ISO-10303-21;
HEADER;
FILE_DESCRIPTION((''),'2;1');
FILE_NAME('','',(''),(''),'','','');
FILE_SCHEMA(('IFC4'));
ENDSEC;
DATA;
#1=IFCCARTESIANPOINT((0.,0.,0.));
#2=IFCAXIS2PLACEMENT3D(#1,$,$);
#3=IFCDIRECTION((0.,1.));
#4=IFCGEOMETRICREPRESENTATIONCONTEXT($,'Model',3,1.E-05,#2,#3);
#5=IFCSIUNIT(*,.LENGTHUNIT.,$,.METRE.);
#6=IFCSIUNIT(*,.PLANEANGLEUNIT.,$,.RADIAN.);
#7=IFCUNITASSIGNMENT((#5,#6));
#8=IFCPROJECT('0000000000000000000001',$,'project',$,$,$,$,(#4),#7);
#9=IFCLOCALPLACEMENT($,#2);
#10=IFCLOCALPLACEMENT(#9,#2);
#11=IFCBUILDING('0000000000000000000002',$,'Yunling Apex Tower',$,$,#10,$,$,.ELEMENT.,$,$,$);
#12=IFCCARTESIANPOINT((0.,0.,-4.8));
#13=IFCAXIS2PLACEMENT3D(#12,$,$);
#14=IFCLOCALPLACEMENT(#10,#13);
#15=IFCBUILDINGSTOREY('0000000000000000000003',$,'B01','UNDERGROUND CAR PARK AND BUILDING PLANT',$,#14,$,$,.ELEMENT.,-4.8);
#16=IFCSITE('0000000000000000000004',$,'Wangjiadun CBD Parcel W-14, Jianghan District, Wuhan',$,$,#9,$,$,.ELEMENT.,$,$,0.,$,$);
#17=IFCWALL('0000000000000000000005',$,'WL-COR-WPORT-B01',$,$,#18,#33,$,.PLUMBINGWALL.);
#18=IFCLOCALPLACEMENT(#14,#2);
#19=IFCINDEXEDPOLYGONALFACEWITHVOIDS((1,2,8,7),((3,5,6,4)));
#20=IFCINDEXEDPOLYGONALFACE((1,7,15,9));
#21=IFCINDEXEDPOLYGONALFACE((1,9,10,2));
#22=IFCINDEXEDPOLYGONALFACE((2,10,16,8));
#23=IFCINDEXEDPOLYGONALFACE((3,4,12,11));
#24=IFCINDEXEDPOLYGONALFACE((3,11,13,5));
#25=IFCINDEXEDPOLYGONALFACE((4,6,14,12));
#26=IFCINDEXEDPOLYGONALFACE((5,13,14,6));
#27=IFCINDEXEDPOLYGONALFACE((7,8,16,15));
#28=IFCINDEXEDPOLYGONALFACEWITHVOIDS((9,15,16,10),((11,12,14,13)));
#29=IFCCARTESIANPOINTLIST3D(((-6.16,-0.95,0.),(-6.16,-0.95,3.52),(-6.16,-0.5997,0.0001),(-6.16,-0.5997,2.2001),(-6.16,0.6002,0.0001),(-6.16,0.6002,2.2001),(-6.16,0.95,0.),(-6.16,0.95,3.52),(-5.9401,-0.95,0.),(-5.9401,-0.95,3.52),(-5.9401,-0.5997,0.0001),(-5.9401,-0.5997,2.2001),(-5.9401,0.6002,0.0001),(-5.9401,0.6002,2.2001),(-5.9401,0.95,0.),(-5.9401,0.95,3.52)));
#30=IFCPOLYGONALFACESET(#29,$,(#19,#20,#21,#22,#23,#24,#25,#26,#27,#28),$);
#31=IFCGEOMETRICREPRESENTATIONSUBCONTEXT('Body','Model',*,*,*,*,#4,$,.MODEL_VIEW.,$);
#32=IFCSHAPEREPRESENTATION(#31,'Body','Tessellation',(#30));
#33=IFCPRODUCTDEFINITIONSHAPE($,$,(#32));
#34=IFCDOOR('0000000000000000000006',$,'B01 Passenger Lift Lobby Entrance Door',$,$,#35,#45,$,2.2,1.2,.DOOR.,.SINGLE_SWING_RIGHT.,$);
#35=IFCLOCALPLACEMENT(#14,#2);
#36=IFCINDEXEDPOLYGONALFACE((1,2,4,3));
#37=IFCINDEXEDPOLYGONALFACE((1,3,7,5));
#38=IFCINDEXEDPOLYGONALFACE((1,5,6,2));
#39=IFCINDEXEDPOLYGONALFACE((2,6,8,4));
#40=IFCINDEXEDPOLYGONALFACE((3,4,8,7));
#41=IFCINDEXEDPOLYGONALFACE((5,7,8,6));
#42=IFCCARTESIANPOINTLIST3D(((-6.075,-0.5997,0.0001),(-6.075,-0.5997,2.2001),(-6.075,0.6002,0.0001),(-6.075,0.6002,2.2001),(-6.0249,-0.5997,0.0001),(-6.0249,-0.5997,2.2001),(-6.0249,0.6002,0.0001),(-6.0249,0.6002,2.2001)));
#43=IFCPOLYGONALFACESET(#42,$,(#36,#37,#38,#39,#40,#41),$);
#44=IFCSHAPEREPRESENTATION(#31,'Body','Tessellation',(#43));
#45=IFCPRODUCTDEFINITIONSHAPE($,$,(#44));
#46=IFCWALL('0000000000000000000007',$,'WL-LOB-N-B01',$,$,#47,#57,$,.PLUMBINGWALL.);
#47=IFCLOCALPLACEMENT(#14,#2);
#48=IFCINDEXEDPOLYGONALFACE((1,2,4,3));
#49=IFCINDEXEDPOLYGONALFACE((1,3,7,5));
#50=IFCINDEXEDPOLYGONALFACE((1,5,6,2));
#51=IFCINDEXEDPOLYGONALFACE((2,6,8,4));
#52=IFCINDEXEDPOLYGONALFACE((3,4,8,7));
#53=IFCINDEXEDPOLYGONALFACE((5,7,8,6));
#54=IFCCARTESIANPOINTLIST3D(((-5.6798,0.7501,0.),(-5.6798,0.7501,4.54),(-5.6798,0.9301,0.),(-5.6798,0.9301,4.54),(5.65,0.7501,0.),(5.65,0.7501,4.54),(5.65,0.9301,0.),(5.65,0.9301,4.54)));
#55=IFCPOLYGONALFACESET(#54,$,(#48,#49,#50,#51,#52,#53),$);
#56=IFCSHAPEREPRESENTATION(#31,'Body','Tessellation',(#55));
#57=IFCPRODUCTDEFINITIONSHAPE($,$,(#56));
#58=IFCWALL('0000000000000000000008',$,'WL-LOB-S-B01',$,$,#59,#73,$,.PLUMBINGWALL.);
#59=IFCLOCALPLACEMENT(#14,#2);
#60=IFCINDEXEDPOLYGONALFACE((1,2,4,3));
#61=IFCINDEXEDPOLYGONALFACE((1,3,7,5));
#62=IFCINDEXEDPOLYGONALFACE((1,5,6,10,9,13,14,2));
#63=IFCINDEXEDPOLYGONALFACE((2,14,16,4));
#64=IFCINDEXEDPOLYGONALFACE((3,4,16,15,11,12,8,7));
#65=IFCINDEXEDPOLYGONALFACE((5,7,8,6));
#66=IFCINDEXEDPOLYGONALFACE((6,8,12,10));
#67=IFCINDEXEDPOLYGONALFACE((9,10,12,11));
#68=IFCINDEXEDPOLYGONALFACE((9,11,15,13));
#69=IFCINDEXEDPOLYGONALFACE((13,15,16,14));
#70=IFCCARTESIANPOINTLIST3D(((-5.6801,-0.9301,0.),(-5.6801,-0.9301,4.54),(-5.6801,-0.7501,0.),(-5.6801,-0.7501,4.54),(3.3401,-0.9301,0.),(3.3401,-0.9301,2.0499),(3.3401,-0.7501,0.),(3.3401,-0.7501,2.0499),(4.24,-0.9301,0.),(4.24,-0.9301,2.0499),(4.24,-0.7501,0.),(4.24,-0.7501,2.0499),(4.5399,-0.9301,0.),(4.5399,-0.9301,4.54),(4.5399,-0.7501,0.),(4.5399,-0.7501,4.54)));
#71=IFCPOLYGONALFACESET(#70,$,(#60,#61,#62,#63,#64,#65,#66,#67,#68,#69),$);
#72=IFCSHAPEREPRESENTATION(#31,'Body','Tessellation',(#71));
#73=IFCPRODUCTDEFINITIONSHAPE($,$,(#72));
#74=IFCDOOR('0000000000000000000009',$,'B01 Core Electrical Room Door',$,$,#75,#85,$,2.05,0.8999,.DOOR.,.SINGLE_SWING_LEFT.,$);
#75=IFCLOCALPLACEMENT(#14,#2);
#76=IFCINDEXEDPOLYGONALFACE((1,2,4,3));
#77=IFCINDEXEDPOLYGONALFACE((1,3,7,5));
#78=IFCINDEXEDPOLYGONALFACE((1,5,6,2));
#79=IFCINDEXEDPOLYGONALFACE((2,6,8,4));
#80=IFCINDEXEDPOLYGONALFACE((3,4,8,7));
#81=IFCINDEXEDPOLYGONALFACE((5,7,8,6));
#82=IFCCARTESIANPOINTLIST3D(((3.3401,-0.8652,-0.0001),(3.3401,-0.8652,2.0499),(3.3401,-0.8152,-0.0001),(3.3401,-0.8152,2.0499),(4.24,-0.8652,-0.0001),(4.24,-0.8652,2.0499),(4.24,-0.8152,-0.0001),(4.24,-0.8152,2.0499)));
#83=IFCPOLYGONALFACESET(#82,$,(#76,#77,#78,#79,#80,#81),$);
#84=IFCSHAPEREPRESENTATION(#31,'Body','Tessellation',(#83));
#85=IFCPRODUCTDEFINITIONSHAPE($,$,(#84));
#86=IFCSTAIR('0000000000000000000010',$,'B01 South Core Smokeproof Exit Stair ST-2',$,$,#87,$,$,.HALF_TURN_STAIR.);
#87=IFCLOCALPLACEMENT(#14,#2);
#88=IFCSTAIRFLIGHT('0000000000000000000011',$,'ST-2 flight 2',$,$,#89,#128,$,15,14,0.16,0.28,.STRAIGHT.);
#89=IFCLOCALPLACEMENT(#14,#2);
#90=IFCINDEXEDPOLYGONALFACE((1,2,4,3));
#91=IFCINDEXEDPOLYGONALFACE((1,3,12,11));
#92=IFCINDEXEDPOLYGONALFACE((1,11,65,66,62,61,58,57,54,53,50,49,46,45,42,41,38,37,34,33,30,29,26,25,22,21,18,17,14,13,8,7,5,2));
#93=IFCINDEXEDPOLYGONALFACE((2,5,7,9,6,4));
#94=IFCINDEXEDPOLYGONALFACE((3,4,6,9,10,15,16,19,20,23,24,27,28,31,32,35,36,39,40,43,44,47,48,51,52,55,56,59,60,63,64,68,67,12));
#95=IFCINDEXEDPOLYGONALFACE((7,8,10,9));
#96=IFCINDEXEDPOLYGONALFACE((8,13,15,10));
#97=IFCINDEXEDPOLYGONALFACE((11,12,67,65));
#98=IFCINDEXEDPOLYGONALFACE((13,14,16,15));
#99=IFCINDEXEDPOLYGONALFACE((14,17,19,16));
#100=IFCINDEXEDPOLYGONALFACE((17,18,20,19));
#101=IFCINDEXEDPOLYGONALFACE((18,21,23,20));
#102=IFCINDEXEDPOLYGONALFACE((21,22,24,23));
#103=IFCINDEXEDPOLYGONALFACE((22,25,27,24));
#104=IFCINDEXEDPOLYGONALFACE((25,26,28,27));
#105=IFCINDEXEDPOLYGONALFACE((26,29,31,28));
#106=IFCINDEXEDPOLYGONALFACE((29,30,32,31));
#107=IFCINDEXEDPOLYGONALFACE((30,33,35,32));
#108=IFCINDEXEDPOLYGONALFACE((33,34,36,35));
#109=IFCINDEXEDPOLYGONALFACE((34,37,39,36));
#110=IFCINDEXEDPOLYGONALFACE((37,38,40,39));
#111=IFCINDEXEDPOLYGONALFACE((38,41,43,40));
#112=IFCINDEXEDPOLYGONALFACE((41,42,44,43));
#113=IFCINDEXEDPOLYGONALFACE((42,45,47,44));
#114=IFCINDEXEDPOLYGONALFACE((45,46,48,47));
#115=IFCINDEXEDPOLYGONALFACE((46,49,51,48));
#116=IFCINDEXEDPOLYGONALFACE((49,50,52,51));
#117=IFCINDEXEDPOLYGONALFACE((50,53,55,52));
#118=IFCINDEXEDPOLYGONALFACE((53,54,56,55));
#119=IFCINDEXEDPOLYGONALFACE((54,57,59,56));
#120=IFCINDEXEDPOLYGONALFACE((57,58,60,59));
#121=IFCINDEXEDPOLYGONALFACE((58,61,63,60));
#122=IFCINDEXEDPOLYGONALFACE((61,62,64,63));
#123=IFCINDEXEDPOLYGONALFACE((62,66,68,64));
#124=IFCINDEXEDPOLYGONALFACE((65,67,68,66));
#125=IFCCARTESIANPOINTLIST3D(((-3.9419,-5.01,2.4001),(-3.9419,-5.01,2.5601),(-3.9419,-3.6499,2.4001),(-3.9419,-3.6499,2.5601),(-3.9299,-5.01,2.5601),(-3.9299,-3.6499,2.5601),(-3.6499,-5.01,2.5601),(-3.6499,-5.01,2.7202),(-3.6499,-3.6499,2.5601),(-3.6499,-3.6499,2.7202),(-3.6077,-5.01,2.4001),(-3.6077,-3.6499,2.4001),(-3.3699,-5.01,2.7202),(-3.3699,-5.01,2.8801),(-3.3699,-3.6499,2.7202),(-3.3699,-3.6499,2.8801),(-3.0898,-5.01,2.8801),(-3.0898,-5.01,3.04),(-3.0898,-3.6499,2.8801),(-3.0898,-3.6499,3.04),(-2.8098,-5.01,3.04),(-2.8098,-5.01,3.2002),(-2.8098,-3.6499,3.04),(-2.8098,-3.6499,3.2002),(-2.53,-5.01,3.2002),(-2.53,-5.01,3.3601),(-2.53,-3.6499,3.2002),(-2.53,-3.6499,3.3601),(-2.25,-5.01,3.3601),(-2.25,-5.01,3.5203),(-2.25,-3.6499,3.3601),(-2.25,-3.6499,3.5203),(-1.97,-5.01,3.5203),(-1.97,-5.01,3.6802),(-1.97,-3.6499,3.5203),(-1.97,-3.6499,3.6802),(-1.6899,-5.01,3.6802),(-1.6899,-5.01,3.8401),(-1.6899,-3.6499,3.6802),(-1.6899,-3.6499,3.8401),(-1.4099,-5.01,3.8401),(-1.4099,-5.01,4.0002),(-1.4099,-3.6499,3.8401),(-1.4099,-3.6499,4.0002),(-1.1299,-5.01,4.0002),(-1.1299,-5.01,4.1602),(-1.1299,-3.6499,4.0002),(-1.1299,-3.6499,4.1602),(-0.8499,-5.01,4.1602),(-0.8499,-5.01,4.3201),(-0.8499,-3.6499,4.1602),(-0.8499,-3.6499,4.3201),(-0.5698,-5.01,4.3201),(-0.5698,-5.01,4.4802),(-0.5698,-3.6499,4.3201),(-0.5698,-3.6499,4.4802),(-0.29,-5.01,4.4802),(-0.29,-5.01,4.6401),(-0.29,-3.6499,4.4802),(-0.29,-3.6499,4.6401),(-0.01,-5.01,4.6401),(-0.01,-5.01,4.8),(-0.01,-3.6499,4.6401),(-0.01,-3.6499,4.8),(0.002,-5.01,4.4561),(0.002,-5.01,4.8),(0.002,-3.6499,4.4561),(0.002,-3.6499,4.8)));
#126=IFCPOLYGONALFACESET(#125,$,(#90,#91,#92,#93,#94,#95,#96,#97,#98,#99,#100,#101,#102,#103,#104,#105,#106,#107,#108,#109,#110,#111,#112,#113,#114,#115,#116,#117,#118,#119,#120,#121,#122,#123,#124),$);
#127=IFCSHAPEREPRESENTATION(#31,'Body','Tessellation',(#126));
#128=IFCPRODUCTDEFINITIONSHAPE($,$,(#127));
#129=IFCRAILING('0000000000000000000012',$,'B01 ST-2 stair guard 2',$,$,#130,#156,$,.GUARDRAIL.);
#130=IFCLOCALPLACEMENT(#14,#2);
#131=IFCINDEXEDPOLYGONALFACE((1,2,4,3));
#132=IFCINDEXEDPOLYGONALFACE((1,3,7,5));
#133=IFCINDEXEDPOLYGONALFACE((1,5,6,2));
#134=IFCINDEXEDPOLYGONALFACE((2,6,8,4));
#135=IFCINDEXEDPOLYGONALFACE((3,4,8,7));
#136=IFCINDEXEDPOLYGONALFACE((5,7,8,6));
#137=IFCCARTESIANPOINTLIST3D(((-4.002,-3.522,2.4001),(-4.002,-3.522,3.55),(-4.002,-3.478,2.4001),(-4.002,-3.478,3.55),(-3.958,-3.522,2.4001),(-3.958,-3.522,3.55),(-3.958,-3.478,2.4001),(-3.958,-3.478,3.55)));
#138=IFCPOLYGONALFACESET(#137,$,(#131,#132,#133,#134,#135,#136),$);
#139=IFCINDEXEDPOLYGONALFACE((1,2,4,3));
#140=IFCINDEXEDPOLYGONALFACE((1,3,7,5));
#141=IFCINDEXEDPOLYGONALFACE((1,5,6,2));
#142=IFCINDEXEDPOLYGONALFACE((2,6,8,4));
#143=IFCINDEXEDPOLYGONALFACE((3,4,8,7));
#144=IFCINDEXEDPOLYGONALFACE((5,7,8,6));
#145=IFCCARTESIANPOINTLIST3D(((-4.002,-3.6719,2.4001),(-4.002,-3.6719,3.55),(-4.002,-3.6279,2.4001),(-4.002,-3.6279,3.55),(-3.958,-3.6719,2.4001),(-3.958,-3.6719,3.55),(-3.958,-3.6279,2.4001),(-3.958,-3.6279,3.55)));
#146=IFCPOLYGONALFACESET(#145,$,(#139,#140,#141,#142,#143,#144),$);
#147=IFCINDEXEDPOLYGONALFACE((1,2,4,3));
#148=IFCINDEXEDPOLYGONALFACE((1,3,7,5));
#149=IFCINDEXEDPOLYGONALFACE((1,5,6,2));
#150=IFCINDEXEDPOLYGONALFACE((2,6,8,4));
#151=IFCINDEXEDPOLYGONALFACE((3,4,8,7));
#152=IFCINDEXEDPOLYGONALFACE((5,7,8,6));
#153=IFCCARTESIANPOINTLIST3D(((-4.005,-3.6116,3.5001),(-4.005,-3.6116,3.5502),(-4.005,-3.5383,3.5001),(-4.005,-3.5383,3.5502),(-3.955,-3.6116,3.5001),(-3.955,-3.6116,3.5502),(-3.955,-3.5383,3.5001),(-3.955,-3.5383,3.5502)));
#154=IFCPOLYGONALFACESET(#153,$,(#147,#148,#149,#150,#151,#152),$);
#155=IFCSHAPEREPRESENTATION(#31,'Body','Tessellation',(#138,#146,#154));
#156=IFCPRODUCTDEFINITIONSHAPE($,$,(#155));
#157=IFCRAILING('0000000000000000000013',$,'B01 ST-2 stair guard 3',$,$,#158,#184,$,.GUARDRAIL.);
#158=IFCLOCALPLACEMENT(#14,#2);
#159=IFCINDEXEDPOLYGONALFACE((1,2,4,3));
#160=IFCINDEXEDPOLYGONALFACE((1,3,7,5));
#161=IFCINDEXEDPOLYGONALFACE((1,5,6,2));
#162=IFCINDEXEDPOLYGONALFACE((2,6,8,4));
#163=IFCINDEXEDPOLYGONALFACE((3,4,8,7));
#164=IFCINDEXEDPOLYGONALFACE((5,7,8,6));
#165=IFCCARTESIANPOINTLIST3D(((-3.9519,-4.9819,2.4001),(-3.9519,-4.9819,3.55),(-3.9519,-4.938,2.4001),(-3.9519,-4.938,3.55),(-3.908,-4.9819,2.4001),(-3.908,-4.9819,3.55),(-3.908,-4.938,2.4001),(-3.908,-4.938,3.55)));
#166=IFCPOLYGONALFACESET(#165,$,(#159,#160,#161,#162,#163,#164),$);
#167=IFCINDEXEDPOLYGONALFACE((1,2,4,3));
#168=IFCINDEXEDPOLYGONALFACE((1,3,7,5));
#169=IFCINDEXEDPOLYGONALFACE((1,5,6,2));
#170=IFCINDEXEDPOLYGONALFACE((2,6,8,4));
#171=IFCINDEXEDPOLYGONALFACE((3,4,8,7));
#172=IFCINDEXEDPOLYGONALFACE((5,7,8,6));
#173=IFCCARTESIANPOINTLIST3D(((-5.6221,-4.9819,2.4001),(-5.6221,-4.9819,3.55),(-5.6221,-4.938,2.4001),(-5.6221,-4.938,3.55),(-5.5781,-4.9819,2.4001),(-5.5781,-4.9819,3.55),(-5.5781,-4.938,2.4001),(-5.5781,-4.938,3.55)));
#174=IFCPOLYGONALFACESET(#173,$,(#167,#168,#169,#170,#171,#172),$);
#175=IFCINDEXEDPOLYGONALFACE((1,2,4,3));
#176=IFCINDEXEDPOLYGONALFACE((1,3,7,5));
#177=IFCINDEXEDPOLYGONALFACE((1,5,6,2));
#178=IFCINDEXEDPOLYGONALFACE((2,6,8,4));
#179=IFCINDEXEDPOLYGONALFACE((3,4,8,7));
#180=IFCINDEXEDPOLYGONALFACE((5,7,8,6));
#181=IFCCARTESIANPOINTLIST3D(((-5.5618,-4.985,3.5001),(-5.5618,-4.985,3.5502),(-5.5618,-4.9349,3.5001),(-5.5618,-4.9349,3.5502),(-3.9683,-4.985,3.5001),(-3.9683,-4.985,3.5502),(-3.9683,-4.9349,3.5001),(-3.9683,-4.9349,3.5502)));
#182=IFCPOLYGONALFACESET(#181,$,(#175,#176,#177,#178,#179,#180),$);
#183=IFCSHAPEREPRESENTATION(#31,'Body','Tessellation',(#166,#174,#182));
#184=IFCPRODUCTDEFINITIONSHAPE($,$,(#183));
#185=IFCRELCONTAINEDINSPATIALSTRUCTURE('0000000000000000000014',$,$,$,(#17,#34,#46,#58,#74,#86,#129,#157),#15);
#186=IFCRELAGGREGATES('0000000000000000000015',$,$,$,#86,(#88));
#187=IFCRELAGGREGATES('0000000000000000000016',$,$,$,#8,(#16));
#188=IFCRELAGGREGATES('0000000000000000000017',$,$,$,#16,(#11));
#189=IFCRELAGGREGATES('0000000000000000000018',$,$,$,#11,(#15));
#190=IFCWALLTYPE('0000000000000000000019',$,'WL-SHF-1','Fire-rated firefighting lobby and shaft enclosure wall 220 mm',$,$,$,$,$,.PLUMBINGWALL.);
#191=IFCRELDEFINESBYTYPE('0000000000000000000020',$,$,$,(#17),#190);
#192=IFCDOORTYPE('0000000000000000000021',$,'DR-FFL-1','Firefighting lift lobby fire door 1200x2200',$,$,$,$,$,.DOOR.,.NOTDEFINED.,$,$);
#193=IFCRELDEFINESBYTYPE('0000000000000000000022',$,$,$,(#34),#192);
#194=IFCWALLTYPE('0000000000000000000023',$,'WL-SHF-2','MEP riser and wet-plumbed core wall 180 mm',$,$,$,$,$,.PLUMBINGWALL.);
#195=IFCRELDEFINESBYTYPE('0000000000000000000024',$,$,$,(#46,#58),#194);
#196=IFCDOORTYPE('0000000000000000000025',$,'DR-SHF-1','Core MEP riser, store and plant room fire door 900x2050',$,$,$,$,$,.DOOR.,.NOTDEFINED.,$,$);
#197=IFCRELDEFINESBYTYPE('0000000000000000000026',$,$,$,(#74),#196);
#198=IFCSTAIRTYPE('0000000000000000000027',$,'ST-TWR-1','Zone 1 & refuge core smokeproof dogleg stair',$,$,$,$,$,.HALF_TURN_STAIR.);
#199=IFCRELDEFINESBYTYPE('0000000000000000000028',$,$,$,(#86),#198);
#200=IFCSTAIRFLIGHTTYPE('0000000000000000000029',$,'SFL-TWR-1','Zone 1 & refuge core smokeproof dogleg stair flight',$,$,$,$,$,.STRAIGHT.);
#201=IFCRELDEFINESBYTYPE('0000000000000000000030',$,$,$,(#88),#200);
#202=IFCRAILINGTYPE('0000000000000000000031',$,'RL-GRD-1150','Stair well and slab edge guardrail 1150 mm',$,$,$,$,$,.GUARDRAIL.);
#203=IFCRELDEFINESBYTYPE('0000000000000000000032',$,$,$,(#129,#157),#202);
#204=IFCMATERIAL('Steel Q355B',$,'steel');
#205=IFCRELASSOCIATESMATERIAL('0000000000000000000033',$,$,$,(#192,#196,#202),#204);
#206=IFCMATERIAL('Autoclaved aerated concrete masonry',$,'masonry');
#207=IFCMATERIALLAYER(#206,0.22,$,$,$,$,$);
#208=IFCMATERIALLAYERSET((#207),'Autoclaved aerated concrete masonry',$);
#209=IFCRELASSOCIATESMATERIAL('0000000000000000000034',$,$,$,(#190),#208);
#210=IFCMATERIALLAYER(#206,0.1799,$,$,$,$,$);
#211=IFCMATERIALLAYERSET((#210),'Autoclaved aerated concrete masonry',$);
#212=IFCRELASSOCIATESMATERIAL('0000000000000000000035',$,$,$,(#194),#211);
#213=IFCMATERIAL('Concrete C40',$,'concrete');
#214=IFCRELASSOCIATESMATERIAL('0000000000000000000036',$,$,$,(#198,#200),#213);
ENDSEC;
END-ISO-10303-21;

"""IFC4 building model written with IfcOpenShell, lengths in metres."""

from ifc_helpers import new_model, si_unit, direction, frame, frame_2d, origin, origin_2d, place, context, subcontext, project, spatial, polyline, rectangle, outline, extrude, material, layer, layer_set, type_object, element, fill, aggregate, save


model = new_model("IFC4")

# Units and contexts
model_context = context("Model", 3, precision=1e-05, world=origin(), true_north=direction((0.0, 1.0)))
body_context = subcontext(model_context, "Body", "Model", "MODEL_VIEW")
ifc_project = project(units=[si_unit("LENGTHUNIT", "METRE"), si_unit("PLANEANGLEUNIT", "RADIAN")], contexts=[model_context])

# Site, building, storey
site_placement = place(None, origin())
site = spatial("IfcSite", under=ifc_project, at=site_placement, Name="Wangjiadun CBD Parcel W-14, Jianghan District, Wuhan", CompositionType="ELEMENT", RefElevation=0.0)
building_placement = place(site_placement, origin())
building = spatial("IfcBuilding", under=site, at=building_placement, Name="Yunling Apex Tower", CompositionType="ELEMENT")
storey_placement = place(building_placement, frame((0.0, 0.0, -4.8)))
storey = spatial("IfcBuildingStorey", under=building, at=storey_placement, Name="B01", Description="UNDERGROUND CAR PARK AND BUILDING PLANT", CompositionType="ELEMENT", Elevation=-4.8)

# Shared definitions
ifc_material_1 = material(Name="Steel Q355B", Category="steel")

# Shared definitions
door_type_1 = type_object("IfcDoorType", Name="DR-FFL-1", Description="Firefighting lift lobby fire door 1200x2200", OperationType="NOTDEFINED", PredefinedType="DOOR", material=ifc_material_1)

# Shared definitions
ifc_material_2 = material(Name="Concrete C40", Category="concrete")

# Wall, opening, door
ifc_material_3 = material(Name="Autoclaved aerated concrete masonry", Category="masonry")
ifc_layer_1 = layer(ifc_material_3, 0.22)
ifc_layer_set_1 = layer_set([ifc_layer_1], Name="Autoclaved aerated concrete masonry")
wall_type_1 = type_object("IfcWallType", Name="WL-SHF-1", Description="Fire-rated firefighting lobby and shaft enclosure wall 220 mm", PredefinedType="PLUMBINGWALL", material=ifc_layer_set_1)
wall_1_placement = place(storey_placement, frame((-6.05, -0.95, 0.0), z_axis=(0.0, 0.0, 1.0), x_axis=(0.0, 1.0, 0.0)))
wall_1 = element("IfcWall", 1, at=wall_1_placement, inside=storey, type_object=wall_type_1, Name="WL-COR-WPORT-B01", PredefinedType="PLUMBINGWALL", context=body_context, shape_type="SweptSolid", body=[
    extrude(rectangle(XDim=1.8999, YDim=0.22, at=frame_2d((0.95, 0.0))), origin(), (0.0, 0.0, 1.0), 3.52),
])
opening_1_placement = place(wall_1_placement, frame((0.3501, 0.0, 0.0)))
opening_1 = element("IfcOpeningElement", 2, at=opening_1_placement, cuts=wall_1, PredefinedType="OPENING", context=body_context, shape_type="SweptSolid", body=[
    extrude(rectangle(XDim=1.2, YDim=2.2, at=frame_2d((0.6001, 1.1001))), frame((0.0, 0.1201, 0.0), z_axis=(0.0, -1.0, 0.0), x_axis=(1.0, 0.0, 0.0)), (0.0, 0.0, 1.0), 0.24),
])
door_1_placement = place(opening_1_placement, origin())
door_1 = element("IfcDoor", 3, at=door_1_placement, inside=storey, type_object=door_type_1, Name="B01 Passenger Lift Lobby Entrance Door", OperationType="SINGLE_SWING_RIGHT", OverallHeight=2.2, OverallWidth=1.2, PredefinedType="DOOR", context=body_context, shape_type="SweptSolid", body=[
    extrude(rectangle(XDim=1.2, YDim=2.2, at=frame_2d((0.6001, 1.1001))), frame((0.0, 0.0249, 0.0), z_axis=(0.0, -1.0, 0.0), x_axis=(1.0, 0.0, 0.0)), (0.0, 0.0, 1.0), 0.05),
])
fill(opening_1, door_1)

# Wall
ifc_layer_2 = layer(ifc_material_3, 0.1799)
ifc_layer_set_2 = layer_set([ifc_layer_2], Name="Autoclaved aerated concrete masonry")
wall_type_2 = type_object("IfcWallType", Name="WL-SHF-2", Description="MEP riser and wet-plumbed core wall 180 mm", PredefinedType="PLUMBINGWALL", material=ifc_layer_set_2)
wall_2_placement = place(storey_placement, frame((-5.6799, 0.8401, 0.0), z_axis=(0.0, 0.0, 1.0), x_axis=(1.0, 0.0, 0.0)))
element("IfcWall", 4, at=wall_2_placement, inside=storey, type_object=wall_type_2, Name="WL-LOB-N-B01", PredefinedType="PLUMBINGWALL", context=body_context, shape_type="SweptSolid", body=[
    extrude(rectangle(XDim=11.3298, YDim=0.1799, at=frame_2d((5.665, 0.0))), origin(), (0.0, 0.0, 1.0), 4.54),
])

# Wall, opening, door
wall_3_placement = place(storey_placement, frame((-5.6799, -0.8401, 0.0), z_axis=(0.0, 0.0, 1.0), x_axis=(1.0, 0.0, 0.0)))
wall_3 = element("IfcWall", 5, at=wall_3_placement, inside=storey, type_object=wall_type_2, Name="WL-LOB-S-B01", PredefinedType="PLUMBINGWALL", context=body_context, shape_type="SweptSolid", body=[
    extrude(rectangle(XDim=10.22, YDim=0.1799, at=frame_2d((5.1099, 0.0))), origin(), (0.0, 0.0, 1.0), 4.54),
])
opening_2_placement = place(wall_3_placement, frame((9.02, 0.0, 0.0)))
opening_2 = element("IfcOpeningElement", 6, at=opening_2_placement, cuts=wall_3, PredefinedType="OPENING", context=body_context, shape_type="SweptSolid", body=[
    extrude(rectangle(XDim=0.8999, YDim=2.05, at=frame_2d((0.45, 1.0249))), frame((0.0, 0.1001, 0.0), z_axis=(0.0, -1.0, 0.0), x_axis=(1.0, 0.0, 0.0)), (0.0, 0.0, 1.0), 0.2),
])
door_type_2 = type_object("IfcDoorType", Name="DR-SHF-1", Description="Core MEP riser, store and plant room fire door 900x2050", OperationType="NOTDEFINED", PredefinedType="DOOR", material=ifc_material_1)
door_2_placement = place(opening_2_placement, origin())
door_2 = element("IfcDoor", 7, at=door_2_placement, inside=storey, type_object=door_type_2, Name="B01 Core Electrical Room Door", OperationType="SINGLE_SWING_LEFT", OverallHeight=2.05, OverallWidth=0.8999, PredefinedType="DOOR", context=body_context, shape_type="SweptSolid", body=[
    extrude(rectangle(XDim=0.8999, YDim=2.05, at=frame_2d((0.45, 1.0249))), frame((0.0, 0.0249, 0.0), z_axis=(0.0, -1.0, 0.0), x_axis=(1.0, 0.0, 0.0)), (0.0, 0.0, 1.0), 0.05),
])
fill(opening_2, door_2)

# Stair, stair flight
stair_type = type_object("IfcStairType", Name="ST-TWR-1", Description="Zone 1 & refuge core smokeproof dogleg stair", PredefinedType="HALF_TURN_STAIR", material=ifc_material_2)
stair_placement = place(storey_placement, origin())
stair = element("IfcStair", 8, at=stair_placement, inside=storey, type_object=stair_type, Name="B01 South Core Smokeproof Exit Stair ST-2", PredefinedType="HALF_TURN_STAIR")
stair_flight_type = type_object("IfcStairFlightType", Name="SFL-TWR-1", Description="Zone 1 & refuge core smokeproof dogleg stair flight", PredefinedType="STRAIGHT", material=ifc_material_2)
stair_flight_placement = place(storey_placement, frame((-3.9299, -4.3301, 2.4001), z_axis=(0.0, 0.0, 1.0), x_axis=(1.0, 0.0, 0.0)))
stair_flight = element("IfcStairFlight", 9, at=stair_flight_placement, type_object=stair_flight_type, Name="ST-2 flight 2", NumberOfRisers=15, NumberOfTreads=14, PredefinedType="STRAIGHT", RiserHeight=0.16, TreadLength=0.28, context=body_context, shape_type="SweptSolid", body=[
    extrude(outline(polyline([(-0.012, 0.0), (-0.012, 0.1599), (0.0, 0.1599), (0.28, 0.1599), (0.28, 0.3201), (0.5601, 0.3201), (0.5601, 0.48), (0.8401, 0.48), (0.8401, 0.6399), (1.1201, 0.6399), (1.1201, 0.8), (1.3999, 0.8), (1.3999, 0.96), (1.6799, 0.96), (1.6799, 1.1201), (1.96, 1.1201), (1.96, 1.28), (2.24, 1.28), (2.24, 1.4399), (2.52, 1.4399), (2.52, 1.6001), (2.8, 1.6001), (2.8, 1.76), (3.0801, 1.76), (3.0801, 1.9199), (3.3601, 1.9199), (3.3601, 2.0801), (3.6399, 2.0801), (3.6399, 2.24), (3.9199, 2.24), (3.9199, 2.3999), (3.9319, 2.3999), (3.9319, 2.0559), (0.3223, 0.0), (-0.012, 0.0)])), frame((0.0, 0.6802, 0.0), z_axis=(0.0, -1.0, 0.0), x_axis=(1.0, 0.0, 0.0)), (0.0, 0.0, 1.0), 1.3601),
])
aggregate(stair, [stair_flight])

# Railings
railing_type_1 = type_object("IfcRailingType", Name="RL-GRD-1150", Description="Stair well and slab edge guardrail 1150 mm", PredefinedType="GUARDRAIL", material=ifc_material_1)
railing_1_placement = place(storey_placement, frame((-3.98, -3.5, 2.4001)))
element("IfcRailing", 10, at=railing_1_placement, inside=storey, type_object=railing_type_1, Name="B01 ST-2 stair guard 2", PredefinedType="GUARDRAIL", context=body_context, shape_type="SweptSolid", body=[
    extrude(rectangle(XDim=0.0439, YDim=0.0439, at=origin_2d()), origin(), (0.0, 0.0, 1.0), 1.1499),
    extrude(rectangle(XDim=0.0439, YDim=0.0439, at=origin_2d()), frame((0.0, -0.1499, 0.0)), (0.0, 0.0, 1.0), 1.1499),
    extrude(rectangle(XDim=0.05, YDim=0.05, at=origin_2d()), frame((0.0, -0.0383, 1.125), z_axis=(0.0, -1.0, 0.0), x_axis=(1.0, 0.0, 0.0)), (0.0, 0.0, 1.0), 0.0732),
])
railing_2_placement = place(storey_placement, frame((-3.9299, -4.96, 2.4001)))
element("IfcRailing", 11, at=railing_2_placement, inside=storey, type_object=railing_type_1, Name="B01 ST-2 stair guard 3", PredefinedType="GUARDRAIL", context=body_context, shape_type="SweptSolid", body=[
    extrude(rectangle(XDim=0.0439, YDim=0.0439, at=origin_2d()), origin(), (0.0, 0.0, 1.0), 1.1499),
    extrude(rectangle(XDim=0.0439, YDim=0.0439, at=origin_2d()), frame((-1.6702, 0.0, 0.0)), (0.0, 0.0, 1.0), 1.1499),
    extrude(rectangle(XDim=0.05, YDim=0.05, at=origin_2d()), frame((-0.0383, 0.0, 1.125), z_axis=(-1.0, 0.0, 0.0), x_axis=(0.0, -1.0, 0.0)), (0.0, 0.0, 1.0), 1.5935),
])

save(model, "model.ifc")
